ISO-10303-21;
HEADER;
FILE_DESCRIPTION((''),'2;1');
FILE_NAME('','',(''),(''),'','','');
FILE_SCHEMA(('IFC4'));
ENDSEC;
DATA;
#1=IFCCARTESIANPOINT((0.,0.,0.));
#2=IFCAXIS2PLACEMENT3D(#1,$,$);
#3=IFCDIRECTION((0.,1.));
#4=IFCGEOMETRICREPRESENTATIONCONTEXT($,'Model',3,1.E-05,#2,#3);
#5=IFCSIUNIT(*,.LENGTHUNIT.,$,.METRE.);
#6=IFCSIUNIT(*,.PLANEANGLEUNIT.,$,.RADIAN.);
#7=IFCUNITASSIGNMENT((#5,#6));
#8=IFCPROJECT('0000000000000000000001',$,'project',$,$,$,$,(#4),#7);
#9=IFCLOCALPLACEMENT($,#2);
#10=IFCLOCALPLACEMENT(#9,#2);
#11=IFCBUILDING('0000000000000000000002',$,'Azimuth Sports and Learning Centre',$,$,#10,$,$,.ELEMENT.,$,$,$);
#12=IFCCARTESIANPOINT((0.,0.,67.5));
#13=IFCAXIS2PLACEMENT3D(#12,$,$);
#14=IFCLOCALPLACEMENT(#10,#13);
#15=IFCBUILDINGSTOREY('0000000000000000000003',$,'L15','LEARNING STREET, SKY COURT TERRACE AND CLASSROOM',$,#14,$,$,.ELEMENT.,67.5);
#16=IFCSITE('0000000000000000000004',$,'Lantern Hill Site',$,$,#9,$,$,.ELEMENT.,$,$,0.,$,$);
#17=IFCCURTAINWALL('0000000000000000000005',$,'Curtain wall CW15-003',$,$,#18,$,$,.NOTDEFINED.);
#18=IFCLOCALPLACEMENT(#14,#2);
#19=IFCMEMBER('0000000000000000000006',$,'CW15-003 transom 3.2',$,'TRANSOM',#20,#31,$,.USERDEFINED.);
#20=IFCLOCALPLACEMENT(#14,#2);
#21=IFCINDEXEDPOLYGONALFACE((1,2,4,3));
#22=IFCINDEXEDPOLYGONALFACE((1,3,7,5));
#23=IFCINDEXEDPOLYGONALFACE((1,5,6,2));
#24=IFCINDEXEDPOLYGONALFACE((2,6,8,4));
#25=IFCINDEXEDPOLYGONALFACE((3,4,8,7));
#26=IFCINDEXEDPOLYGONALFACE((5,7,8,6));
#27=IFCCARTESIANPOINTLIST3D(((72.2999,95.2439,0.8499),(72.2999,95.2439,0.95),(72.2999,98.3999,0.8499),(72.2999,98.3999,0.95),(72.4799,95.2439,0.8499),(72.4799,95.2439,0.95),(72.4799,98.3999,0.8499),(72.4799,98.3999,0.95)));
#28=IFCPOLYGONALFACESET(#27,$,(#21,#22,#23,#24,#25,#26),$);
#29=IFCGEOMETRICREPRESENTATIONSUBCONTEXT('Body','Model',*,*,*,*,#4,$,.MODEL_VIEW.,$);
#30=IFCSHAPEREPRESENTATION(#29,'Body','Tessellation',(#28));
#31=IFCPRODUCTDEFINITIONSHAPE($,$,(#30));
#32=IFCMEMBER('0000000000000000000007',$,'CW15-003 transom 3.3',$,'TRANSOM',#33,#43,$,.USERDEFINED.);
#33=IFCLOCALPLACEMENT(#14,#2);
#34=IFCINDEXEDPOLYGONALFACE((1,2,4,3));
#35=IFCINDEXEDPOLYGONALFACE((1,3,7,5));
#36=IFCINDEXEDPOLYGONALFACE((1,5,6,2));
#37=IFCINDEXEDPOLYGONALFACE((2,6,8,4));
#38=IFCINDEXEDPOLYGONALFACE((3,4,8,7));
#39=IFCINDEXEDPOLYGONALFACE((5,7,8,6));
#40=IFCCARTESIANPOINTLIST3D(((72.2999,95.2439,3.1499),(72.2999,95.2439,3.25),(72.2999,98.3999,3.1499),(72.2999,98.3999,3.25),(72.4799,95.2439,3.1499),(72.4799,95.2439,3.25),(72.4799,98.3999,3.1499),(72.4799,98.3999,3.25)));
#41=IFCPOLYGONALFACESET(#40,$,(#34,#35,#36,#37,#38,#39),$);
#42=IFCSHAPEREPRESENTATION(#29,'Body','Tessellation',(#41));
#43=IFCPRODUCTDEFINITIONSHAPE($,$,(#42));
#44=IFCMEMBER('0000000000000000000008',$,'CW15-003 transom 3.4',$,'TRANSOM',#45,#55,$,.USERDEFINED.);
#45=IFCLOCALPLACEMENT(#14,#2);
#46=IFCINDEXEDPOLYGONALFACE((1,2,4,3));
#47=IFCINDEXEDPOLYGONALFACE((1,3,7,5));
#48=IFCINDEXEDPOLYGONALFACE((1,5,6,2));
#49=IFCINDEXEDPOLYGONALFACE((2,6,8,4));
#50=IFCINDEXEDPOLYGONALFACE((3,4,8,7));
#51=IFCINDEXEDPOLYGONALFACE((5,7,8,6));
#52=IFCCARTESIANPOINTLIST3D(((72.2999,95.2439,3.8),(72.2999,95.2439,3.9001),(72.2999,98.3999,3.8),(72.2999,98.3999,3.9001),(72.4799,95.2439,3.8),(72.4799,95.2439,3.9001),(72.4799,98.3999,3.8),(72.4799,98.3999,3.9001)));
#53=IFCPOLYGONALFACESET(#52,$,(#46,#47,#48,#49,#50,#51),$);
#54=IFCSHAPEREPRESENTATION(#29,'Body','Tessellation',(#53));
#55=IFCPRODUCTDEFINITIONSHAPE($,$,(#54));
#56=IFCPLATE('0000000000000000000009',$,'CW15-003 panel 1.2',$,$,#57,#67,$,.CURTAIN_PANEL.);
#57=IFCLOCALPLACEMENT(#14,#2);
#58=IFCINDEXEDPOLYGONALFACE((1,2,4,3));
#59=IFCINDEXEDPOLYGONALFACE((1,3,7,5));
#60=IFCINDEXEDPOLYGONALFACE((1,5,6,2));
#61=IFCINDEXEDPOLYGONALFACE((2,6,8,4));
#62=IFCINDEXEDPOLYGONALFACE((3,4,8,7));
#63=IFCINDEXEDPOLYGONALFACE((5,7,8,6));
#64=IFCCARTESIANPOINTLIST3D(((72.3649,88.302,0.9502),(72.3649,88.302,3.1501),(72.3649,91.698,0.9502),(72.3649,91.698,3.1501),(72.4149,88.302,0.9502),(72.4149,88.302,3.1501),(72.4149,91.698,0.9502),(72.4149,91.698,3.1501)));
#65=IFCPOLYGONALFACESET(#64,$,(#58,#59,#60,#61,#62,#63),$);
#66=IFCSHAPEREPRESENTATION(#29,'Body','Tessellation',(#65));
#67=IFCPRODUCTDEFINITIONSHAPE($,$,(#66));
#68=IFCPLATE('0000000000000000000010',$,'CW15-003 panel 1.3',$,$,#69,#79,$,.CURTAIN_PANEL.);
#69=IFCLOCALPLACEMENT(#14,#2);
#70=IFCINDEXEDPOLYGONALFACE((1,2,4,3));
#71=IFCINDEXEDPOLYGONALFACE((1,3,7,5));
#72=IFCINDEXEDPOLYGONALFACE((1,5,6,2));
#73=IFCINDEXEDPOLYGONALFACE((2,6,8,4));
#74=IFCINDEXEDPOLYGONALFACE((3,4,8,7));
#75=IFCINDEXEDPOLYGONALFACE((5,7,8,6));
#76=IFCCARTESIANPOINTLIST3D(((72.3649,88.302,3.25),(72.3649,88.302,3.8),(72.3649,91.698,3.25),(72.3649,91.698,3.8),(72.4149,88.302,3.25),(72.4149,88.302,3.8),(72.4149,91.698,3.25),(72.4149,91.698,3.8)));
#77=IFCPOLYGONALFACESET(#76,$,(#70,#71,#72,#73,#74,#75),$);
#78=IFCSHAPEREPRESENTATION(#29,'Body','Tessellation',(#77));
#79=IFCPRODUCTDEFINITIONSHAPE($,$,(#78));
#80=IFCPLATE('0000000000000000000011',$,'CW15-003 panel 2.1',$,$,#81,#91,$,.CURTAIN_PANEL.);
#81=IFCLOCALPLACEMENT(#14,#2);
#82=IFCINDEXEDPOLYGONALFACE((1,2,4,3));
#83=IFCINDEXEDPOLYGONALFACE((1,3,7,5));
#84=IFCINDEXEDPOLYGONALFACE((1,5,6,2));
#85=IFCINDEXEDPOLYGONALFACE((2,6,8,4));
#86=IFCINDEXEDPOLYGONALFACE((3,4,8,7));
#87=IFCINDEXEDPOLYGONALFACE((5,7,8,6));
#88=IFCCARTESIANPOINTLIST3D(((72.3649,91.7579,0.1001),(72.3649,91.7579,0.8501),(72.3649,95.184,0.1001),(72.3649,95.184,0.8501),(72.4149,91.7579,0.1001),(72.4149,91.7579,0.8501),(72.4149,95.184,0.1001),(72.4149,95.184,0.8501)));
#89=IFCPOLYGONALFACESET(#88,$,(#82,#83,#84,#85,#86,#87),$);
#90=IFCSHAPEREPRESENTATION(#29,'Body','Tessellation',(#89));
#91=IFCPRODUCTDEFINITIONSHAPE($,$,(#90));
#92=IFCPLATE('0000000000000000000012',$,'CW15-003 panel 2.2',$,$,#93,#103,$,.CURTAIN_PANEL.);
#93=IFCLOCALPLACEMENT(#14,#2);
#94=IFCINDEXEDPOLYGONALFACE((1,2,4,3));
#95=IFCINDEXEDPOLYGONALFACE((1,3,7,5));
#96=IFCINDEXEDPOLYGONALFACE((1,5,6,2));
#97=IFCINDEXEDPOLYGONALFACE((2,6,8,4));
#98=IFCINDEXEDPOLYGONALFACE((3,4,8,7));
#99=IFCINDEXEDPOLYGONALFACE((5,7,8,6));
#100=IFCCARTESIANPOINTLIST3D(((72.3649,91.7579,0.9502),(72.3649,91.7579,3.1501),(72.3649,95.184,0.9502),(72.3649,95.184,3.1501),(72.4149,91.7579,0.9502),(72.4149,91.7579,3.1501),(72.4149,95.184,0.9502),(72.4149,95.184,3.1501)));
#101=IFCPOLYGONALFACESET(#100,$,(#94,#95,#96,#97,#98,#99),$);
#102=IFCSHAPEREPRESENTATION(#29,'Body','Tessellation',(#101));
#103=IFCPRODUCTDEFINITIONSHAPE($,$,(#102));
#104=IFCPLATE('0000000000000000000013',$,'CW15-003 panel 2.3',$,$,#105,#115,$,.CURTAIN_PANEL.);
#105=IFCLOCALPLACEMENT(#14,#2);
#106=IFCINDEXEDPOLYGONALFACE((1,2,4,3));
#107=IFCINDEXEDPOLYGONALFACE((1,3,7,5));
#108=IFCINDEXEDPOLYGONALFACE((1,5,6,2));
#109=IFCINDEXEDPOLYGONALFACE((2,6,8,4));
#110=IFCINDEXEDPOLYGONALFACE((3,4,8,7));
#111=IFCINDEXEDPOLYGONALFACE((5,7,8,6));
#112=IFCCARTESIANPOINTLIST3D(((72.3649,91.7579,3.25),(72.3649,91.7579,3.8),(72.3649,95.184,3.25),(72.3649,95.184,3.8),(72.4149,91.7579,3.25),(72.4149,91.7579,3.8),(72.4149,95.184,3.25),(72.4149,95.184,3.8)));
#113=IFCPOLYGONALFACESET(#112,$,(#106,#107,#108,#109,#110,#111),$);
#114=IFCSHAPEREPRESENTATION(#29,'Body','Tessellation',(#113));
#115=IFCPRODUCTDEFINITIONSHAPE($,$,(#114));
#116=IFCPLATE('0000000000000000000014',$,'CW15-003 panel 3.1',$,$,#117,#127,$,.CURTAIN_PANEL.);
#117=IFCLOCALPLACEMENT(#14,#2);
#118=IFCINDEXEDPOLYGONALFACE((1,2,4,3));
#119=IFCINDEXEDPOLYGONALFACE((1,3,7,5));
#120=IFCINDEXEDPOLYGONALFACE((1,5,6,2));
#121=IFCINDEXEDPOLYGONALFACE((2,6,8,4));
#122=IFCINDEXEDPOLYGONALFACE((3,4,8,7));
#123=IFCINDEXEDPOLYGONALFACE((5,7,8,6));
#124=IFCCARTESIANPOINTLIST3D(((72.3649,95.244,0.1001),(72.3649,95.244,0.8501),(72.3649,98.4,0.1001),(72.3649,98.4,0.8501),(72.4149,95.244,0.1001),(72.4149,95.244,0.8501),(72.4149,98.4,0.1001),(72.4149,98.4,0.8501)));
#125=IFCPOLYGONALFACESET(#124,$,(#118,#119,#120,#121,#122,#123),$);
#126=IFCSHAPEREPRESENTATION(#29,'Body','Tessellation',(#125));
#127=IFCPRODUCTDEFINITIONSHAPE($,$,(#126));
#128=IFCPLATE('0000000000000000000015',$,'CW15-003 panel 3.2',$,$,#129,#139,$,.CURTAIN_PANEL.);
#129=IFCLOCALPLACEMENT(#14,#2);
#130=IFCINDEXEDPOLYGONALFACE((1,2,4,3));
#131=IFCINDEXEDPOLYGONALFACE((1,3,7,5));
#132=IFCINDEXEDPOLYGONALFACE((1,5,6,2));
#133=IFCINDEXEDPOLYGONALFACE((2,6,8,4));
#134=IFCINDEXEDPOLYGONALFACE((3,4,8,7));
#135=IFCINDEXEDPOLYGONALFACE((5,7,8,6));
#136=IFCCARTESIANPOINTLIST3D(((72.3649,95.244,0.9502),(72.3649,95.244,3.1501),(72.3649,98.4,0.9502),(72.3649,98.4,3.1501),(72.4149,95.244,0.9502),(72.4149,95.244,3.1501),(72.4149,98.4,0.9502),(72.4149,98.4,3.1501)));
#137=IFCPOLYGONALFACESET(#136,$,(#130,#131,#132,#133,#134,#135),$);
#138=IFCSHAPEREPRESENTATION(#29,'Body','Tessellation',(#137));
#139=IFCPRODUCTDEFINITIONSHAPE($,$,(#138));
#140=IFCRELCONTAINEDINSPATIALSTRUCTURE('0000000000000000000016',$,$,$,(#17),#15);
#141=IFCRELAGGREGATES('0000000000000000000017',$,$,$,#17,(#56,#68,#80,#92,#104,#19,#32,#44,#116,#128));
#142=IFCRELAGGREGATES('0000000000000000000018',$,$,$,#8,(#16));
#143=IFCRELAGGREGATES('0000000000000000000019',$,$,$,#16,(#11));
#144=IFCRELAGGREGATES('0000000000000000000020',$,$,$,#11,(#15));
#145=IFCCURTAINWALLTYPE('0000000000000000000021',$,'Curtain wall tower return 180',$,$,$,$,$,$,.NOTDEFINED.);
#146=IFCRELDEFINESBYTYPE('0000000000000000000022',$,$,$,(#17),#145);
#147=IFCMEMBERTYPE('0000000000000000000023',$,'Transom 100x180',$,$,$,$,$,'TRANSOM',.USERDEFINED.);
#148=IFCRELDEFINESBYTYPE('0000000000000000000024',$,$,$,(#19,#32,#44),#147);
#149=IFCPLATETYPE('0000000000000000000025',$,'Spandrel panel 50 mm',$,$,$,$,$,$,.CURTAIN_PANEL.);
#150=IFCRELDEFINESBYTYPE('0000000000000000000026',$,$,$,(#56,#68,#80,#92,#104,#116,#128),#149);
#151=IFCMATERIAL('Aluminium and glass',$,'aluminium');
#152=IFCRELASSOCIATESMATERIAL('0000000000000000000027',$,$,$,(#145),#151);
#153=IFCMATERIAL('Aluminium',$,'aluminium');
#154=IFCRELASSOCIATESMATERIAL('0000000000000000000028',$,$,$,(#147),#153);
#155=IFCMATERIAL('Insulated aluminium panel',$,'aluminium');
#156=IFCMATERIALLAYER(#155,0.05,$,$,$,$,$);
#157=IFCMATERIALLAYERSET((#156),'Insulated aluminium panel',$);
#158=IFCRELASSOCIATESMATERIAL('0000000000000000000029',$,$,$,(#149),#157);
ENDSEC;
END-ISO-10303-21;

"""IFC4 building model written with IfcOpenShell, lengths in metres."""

from ifc_helpers import new_model, si_unit, direction, frame, origin, origin_2d, place, context, subcontext, project, spatial, rectangle, extrude, material, layer, layer_set, material_profile, profile_set, type_object, element, aggregate, save


model = new_model("IFC4")

# Units and contexts
model_context = context("Model", 3, precision=1e-05, world=origin(), true_north=direction((0.0, 1.0)))
body_context = subcontext(model_context, "Body", "Model", "MODEL_VIEW")
ifc_project = project(units=[si_unit("LENGTHUNIT", "METRE"), si_unit("PLANEANGLEUNIT", "RADIAN")], contexts=[model_context])

# Site, building, storey
site_placement = place(None, origin())
site = spatial("IfcSite", under=ifc_project, at=site_placement, Name="Lantern Hill Site", CompositionType="ELEMENT", RefElevation=0.0)
building_placement = place(site_placement, origin())
building = spatial("IfcBuilding", under=site, at=building_placement, Name="Azimuth Sports and Learning Centre", CompositionType="ELEMENT")
storey_placement = place(building_placement, frame((0.0, 0.0, 67.5)))
storey = spatial("IfcBuildingStorey", under=building, at=storey_placement, Name="L15", Description="LEARNING STREET, SKY COURT TERRACE AND CLASSROOM", CompositionType="ELEMENT", Elevation=67.5)

# Curtain wall, members, plates
ifc_material_1 = material(Name="Aluminium and glass", Category="aluminium")
curtain_wall_type = type_object("IfcCurtainWallType", Name="Curtain wall tower return 180", PredefinedType="NOTDEFINED", material=ifc_material_1)
curtain_wall_placement = place(storey_placement, origin())
curtain_wall = element("IfcCurtainWall", 1, at=curtain_wall_placement, inside=storey, type_object=curtain_wall_type, Name="Curtain wall CW15-003", PredefinedType="NOTDEFINED")
ifc_material_2 = material(Name="Aluminium", Category="aluminium")
ifc_material_profile_1 = material_profile(ifc_material_2, rectangle(XDim=0.1799, YDim=0.1001, at=origin_2d()), Name="Transom 100x180")
ifc_profile_set_1 = profile_set([ifc_material_profile_1], Name="Aluminium")
member_type_1 = type_object("IfcMemberType", Name="Transom 100x180", ElementType="TRANSOM", PredefinedType="USERDEFINED", material=ifc_profile_set_1)
member_1_placement = place(storey_placement, frame((72.3899, 95.2439, 0.8999), z_axis=(0.0, 1.0, 0.0), x_axis=(-1.0, 0.0, 0.0)))
member_1 = element("IfcMember", 2, at=member_1_placement, type_object=member_type_1, Name="CW15-003 transom 3.2", ObjectType="TRANSOM", PredefinedType="USERDEFINED", context=body_context, shape_type="SweptSolid", body=[
    extrude(rectangle(XDim=0.1799, YDim=0.1001, at=origin_2d()), origin(), (0.0, 0.0, 1.0), 3.156),
])
member_2_placement = place(storey_placement, frame((72.3899, 95.2439, 3.2), z_axis=(0.0, 1.0, 0.0), x_axis=(-1.0, 0.0, 0.0)))
member_2 = element("IfcMember", 3, at=member_2_placement, type_object=member_type_1, Name="CW15-003 transom 3.3", ObjectType="TRANSOM", PredefinedType="USERDEFINED", context=body_context, shape_type="SweptSolid", body=[
    extrude(rectangle(XDim=0.1799, YDim=0.1001, at=origin_2d()), origin(), (0.0, 0.0, 1.0), 3.156),
])
member_3_placement = place(storey_placement, frame((72.3899, 95.2439, 3.8501), z_axis=(0.0, 1.0, 0.0), x_axis=(-1.0, 0.0, 0.0)))
member_3 = element("IfcMember", 4, at=member_3_placement, type_object=member_type_1, Name="CW15-003 transom 3.4", ObjectType="TRANSOM", PredefinedType="USERDEFINED", context=body_context, shape_type="SweptSolid", body=[
    extrude(rectangle(XDim=0.1799, YDim=0.1001, at=origin_2d()), origin(), (0.0, 0.0, 1.0), 3.156),
])
ifc_material_3 = material(Name="Insulated aluminium panel", Category="aluminium")
ifc_layer = layer(ifc_material_3, 0.05)
ifc_layer_set = layer_set([ifc_layer], Name="Insulated aluminium panel")
plate_type = type_object("IfcPlateType", Name="Spandrel panel 50 mm", PredefinedType="CURTAIN_PANEL", material=ifc_layer_set)
plate_1_placement = place(storey_placement, frame((72.3899, 90.0, 0.9502), z_axis=(0.0, 0.0, 1.0), x_axis=(0.0, 1.0, 0.0)))
plate_1 = element("IfcPlate", 5, at=plate_1_placement, type_object=plate_type, Name="CW15-003 panel 1.2", PredefinedType="CURTAIN_PANEL", context=body_context, shape_type="SweptSolid", body=[
    extrude(rectangle(XDim=3.396, YDim=0.05, at=origin_2d()), origin(), (0.0, 0.0, 1.0), 2.2),
])
plate_2_placement = place(storey_placement, frame((72.3899, 90.0, 3.25), z_axis=(0.0, 0.0, 1.0), x_axis=(0.0, 1.0, 0.0)))
plate_2 = element("IfcPlate", 6, at=plate_2_placement, type_object=plate_type, Name="CW15-003 panel 1.3", PredefinedType="CURTAIN_PANEL", context=body_context, shape_type="SweptSolid", body=[
    extrude(rectangle(XDim=3.396, YDim=0.05, at=origin_2d()), origin(), (0.0, 0.0, 1.0), 0.55),
])
plate_3_placement = place(storey_placement, frame((72.3899, 93.4709, 0.1001), z_axis=(0.0, 0.0, 1.0), x_axis=(0.0, 1.0, 0.0)))
plate_3 = element("IfcPlate", 7, at=plate_3_placement, type_object=plate_type, Name="CW15-003 panel 2.1", PredefinedType="CURTAIN_PANEL", context=body_context, shape_type="SweptSolid", body=[
    extrude(rectangle(XDim=3.426, YDim=0.05, at=origin_2d()), origin(), (0.0, 0.0, 1.0), 0.75),
])
plate_4_placement = place(storey_placement, frame((72.3899, 93.4709, 0.9502), z_axis=(0.0, 0.0, 1.0), x_axis=(0.0, 1.0, 0.0)))
plate_4 = element("IfcPlate", 8, at=plate_4_placement, type_object=plate_type, Name="CW15-003 panel 2.2", PredefinedType="CURTAIN_PANEL", context=body_context, shape_type="SweptSolid", body=[
    extrude(rectangle(XDim=3.426, YDim=0.05, at=origin_2d()), origin(), (0.0, 0.0, 1.0), 2.2),
])
plate_5_placement = place(storey_placement, frame((72.3899, 93.4709, 3.25), z_axis=(0.0, 0.0, 1.0), x_axis=(0.0, 1.0, 0.0)))
plate_5 = element("IfcPlate", 9, at=plate_5_placement, type_object=plate_type, Name="CW15-003 panel 2.3", PredefinedType="CURTAIN_PANEL", context=body_context, shape_type="SweptSolid", body=[
    extrude(rectangle(XDim=3.426, YDim=0.05, at=origin_2d()), origin(), (0.0, 0.0, 1.0), 0.55),
])
plate_6_placement = place(storey_placement, frame((72.3899, 96.822, 0.1001), z_axis=(0.0, 0.0, 1.0), x_axis=(0.0, 1.0, 0.0)))
plate_6 = element("IfcPlate", 10, at=plate_6_placement, type_object=plate_type, Name="CW15-003 panel 3.1", PredefinedType="CURTAIN_PANEL", context=body_context, shape_type="SweptSolid", body=[
    extrude(rectangle(XDim=3.156, YDim=0.05, at=origin_2d()), origin(), (0.0, 0.0, 1.0), 0.75),
])
plate_7_placement = place(storey_placement, frame((72.3899, 96.822, 0.9502), z_axis=(0.0, 0.0, 1.0), x_axis=(0.0, 1.0, 0.0)))
plate_7 = element("IfcPlate", 11, at=plate_7_placement, type_object=plate_type, Name="CW15-003 panel 3.2", PredefinedType="CURTAIN_PANEL", context=body_context, shape_type="SweptSolid", body=[
    extrude(rectangle(XDim=3.156, YDim=0.05, at=origin_2d()), origin(), (0.0, 0.0, 1.0), 2.2),
])
aggregate(curtain_wall, [plate_1, plate_2, plate_3, plate_4, plate_5, member_1, member_2, member_3, plate_6, plate_7])

save(model, "model.ifc")
